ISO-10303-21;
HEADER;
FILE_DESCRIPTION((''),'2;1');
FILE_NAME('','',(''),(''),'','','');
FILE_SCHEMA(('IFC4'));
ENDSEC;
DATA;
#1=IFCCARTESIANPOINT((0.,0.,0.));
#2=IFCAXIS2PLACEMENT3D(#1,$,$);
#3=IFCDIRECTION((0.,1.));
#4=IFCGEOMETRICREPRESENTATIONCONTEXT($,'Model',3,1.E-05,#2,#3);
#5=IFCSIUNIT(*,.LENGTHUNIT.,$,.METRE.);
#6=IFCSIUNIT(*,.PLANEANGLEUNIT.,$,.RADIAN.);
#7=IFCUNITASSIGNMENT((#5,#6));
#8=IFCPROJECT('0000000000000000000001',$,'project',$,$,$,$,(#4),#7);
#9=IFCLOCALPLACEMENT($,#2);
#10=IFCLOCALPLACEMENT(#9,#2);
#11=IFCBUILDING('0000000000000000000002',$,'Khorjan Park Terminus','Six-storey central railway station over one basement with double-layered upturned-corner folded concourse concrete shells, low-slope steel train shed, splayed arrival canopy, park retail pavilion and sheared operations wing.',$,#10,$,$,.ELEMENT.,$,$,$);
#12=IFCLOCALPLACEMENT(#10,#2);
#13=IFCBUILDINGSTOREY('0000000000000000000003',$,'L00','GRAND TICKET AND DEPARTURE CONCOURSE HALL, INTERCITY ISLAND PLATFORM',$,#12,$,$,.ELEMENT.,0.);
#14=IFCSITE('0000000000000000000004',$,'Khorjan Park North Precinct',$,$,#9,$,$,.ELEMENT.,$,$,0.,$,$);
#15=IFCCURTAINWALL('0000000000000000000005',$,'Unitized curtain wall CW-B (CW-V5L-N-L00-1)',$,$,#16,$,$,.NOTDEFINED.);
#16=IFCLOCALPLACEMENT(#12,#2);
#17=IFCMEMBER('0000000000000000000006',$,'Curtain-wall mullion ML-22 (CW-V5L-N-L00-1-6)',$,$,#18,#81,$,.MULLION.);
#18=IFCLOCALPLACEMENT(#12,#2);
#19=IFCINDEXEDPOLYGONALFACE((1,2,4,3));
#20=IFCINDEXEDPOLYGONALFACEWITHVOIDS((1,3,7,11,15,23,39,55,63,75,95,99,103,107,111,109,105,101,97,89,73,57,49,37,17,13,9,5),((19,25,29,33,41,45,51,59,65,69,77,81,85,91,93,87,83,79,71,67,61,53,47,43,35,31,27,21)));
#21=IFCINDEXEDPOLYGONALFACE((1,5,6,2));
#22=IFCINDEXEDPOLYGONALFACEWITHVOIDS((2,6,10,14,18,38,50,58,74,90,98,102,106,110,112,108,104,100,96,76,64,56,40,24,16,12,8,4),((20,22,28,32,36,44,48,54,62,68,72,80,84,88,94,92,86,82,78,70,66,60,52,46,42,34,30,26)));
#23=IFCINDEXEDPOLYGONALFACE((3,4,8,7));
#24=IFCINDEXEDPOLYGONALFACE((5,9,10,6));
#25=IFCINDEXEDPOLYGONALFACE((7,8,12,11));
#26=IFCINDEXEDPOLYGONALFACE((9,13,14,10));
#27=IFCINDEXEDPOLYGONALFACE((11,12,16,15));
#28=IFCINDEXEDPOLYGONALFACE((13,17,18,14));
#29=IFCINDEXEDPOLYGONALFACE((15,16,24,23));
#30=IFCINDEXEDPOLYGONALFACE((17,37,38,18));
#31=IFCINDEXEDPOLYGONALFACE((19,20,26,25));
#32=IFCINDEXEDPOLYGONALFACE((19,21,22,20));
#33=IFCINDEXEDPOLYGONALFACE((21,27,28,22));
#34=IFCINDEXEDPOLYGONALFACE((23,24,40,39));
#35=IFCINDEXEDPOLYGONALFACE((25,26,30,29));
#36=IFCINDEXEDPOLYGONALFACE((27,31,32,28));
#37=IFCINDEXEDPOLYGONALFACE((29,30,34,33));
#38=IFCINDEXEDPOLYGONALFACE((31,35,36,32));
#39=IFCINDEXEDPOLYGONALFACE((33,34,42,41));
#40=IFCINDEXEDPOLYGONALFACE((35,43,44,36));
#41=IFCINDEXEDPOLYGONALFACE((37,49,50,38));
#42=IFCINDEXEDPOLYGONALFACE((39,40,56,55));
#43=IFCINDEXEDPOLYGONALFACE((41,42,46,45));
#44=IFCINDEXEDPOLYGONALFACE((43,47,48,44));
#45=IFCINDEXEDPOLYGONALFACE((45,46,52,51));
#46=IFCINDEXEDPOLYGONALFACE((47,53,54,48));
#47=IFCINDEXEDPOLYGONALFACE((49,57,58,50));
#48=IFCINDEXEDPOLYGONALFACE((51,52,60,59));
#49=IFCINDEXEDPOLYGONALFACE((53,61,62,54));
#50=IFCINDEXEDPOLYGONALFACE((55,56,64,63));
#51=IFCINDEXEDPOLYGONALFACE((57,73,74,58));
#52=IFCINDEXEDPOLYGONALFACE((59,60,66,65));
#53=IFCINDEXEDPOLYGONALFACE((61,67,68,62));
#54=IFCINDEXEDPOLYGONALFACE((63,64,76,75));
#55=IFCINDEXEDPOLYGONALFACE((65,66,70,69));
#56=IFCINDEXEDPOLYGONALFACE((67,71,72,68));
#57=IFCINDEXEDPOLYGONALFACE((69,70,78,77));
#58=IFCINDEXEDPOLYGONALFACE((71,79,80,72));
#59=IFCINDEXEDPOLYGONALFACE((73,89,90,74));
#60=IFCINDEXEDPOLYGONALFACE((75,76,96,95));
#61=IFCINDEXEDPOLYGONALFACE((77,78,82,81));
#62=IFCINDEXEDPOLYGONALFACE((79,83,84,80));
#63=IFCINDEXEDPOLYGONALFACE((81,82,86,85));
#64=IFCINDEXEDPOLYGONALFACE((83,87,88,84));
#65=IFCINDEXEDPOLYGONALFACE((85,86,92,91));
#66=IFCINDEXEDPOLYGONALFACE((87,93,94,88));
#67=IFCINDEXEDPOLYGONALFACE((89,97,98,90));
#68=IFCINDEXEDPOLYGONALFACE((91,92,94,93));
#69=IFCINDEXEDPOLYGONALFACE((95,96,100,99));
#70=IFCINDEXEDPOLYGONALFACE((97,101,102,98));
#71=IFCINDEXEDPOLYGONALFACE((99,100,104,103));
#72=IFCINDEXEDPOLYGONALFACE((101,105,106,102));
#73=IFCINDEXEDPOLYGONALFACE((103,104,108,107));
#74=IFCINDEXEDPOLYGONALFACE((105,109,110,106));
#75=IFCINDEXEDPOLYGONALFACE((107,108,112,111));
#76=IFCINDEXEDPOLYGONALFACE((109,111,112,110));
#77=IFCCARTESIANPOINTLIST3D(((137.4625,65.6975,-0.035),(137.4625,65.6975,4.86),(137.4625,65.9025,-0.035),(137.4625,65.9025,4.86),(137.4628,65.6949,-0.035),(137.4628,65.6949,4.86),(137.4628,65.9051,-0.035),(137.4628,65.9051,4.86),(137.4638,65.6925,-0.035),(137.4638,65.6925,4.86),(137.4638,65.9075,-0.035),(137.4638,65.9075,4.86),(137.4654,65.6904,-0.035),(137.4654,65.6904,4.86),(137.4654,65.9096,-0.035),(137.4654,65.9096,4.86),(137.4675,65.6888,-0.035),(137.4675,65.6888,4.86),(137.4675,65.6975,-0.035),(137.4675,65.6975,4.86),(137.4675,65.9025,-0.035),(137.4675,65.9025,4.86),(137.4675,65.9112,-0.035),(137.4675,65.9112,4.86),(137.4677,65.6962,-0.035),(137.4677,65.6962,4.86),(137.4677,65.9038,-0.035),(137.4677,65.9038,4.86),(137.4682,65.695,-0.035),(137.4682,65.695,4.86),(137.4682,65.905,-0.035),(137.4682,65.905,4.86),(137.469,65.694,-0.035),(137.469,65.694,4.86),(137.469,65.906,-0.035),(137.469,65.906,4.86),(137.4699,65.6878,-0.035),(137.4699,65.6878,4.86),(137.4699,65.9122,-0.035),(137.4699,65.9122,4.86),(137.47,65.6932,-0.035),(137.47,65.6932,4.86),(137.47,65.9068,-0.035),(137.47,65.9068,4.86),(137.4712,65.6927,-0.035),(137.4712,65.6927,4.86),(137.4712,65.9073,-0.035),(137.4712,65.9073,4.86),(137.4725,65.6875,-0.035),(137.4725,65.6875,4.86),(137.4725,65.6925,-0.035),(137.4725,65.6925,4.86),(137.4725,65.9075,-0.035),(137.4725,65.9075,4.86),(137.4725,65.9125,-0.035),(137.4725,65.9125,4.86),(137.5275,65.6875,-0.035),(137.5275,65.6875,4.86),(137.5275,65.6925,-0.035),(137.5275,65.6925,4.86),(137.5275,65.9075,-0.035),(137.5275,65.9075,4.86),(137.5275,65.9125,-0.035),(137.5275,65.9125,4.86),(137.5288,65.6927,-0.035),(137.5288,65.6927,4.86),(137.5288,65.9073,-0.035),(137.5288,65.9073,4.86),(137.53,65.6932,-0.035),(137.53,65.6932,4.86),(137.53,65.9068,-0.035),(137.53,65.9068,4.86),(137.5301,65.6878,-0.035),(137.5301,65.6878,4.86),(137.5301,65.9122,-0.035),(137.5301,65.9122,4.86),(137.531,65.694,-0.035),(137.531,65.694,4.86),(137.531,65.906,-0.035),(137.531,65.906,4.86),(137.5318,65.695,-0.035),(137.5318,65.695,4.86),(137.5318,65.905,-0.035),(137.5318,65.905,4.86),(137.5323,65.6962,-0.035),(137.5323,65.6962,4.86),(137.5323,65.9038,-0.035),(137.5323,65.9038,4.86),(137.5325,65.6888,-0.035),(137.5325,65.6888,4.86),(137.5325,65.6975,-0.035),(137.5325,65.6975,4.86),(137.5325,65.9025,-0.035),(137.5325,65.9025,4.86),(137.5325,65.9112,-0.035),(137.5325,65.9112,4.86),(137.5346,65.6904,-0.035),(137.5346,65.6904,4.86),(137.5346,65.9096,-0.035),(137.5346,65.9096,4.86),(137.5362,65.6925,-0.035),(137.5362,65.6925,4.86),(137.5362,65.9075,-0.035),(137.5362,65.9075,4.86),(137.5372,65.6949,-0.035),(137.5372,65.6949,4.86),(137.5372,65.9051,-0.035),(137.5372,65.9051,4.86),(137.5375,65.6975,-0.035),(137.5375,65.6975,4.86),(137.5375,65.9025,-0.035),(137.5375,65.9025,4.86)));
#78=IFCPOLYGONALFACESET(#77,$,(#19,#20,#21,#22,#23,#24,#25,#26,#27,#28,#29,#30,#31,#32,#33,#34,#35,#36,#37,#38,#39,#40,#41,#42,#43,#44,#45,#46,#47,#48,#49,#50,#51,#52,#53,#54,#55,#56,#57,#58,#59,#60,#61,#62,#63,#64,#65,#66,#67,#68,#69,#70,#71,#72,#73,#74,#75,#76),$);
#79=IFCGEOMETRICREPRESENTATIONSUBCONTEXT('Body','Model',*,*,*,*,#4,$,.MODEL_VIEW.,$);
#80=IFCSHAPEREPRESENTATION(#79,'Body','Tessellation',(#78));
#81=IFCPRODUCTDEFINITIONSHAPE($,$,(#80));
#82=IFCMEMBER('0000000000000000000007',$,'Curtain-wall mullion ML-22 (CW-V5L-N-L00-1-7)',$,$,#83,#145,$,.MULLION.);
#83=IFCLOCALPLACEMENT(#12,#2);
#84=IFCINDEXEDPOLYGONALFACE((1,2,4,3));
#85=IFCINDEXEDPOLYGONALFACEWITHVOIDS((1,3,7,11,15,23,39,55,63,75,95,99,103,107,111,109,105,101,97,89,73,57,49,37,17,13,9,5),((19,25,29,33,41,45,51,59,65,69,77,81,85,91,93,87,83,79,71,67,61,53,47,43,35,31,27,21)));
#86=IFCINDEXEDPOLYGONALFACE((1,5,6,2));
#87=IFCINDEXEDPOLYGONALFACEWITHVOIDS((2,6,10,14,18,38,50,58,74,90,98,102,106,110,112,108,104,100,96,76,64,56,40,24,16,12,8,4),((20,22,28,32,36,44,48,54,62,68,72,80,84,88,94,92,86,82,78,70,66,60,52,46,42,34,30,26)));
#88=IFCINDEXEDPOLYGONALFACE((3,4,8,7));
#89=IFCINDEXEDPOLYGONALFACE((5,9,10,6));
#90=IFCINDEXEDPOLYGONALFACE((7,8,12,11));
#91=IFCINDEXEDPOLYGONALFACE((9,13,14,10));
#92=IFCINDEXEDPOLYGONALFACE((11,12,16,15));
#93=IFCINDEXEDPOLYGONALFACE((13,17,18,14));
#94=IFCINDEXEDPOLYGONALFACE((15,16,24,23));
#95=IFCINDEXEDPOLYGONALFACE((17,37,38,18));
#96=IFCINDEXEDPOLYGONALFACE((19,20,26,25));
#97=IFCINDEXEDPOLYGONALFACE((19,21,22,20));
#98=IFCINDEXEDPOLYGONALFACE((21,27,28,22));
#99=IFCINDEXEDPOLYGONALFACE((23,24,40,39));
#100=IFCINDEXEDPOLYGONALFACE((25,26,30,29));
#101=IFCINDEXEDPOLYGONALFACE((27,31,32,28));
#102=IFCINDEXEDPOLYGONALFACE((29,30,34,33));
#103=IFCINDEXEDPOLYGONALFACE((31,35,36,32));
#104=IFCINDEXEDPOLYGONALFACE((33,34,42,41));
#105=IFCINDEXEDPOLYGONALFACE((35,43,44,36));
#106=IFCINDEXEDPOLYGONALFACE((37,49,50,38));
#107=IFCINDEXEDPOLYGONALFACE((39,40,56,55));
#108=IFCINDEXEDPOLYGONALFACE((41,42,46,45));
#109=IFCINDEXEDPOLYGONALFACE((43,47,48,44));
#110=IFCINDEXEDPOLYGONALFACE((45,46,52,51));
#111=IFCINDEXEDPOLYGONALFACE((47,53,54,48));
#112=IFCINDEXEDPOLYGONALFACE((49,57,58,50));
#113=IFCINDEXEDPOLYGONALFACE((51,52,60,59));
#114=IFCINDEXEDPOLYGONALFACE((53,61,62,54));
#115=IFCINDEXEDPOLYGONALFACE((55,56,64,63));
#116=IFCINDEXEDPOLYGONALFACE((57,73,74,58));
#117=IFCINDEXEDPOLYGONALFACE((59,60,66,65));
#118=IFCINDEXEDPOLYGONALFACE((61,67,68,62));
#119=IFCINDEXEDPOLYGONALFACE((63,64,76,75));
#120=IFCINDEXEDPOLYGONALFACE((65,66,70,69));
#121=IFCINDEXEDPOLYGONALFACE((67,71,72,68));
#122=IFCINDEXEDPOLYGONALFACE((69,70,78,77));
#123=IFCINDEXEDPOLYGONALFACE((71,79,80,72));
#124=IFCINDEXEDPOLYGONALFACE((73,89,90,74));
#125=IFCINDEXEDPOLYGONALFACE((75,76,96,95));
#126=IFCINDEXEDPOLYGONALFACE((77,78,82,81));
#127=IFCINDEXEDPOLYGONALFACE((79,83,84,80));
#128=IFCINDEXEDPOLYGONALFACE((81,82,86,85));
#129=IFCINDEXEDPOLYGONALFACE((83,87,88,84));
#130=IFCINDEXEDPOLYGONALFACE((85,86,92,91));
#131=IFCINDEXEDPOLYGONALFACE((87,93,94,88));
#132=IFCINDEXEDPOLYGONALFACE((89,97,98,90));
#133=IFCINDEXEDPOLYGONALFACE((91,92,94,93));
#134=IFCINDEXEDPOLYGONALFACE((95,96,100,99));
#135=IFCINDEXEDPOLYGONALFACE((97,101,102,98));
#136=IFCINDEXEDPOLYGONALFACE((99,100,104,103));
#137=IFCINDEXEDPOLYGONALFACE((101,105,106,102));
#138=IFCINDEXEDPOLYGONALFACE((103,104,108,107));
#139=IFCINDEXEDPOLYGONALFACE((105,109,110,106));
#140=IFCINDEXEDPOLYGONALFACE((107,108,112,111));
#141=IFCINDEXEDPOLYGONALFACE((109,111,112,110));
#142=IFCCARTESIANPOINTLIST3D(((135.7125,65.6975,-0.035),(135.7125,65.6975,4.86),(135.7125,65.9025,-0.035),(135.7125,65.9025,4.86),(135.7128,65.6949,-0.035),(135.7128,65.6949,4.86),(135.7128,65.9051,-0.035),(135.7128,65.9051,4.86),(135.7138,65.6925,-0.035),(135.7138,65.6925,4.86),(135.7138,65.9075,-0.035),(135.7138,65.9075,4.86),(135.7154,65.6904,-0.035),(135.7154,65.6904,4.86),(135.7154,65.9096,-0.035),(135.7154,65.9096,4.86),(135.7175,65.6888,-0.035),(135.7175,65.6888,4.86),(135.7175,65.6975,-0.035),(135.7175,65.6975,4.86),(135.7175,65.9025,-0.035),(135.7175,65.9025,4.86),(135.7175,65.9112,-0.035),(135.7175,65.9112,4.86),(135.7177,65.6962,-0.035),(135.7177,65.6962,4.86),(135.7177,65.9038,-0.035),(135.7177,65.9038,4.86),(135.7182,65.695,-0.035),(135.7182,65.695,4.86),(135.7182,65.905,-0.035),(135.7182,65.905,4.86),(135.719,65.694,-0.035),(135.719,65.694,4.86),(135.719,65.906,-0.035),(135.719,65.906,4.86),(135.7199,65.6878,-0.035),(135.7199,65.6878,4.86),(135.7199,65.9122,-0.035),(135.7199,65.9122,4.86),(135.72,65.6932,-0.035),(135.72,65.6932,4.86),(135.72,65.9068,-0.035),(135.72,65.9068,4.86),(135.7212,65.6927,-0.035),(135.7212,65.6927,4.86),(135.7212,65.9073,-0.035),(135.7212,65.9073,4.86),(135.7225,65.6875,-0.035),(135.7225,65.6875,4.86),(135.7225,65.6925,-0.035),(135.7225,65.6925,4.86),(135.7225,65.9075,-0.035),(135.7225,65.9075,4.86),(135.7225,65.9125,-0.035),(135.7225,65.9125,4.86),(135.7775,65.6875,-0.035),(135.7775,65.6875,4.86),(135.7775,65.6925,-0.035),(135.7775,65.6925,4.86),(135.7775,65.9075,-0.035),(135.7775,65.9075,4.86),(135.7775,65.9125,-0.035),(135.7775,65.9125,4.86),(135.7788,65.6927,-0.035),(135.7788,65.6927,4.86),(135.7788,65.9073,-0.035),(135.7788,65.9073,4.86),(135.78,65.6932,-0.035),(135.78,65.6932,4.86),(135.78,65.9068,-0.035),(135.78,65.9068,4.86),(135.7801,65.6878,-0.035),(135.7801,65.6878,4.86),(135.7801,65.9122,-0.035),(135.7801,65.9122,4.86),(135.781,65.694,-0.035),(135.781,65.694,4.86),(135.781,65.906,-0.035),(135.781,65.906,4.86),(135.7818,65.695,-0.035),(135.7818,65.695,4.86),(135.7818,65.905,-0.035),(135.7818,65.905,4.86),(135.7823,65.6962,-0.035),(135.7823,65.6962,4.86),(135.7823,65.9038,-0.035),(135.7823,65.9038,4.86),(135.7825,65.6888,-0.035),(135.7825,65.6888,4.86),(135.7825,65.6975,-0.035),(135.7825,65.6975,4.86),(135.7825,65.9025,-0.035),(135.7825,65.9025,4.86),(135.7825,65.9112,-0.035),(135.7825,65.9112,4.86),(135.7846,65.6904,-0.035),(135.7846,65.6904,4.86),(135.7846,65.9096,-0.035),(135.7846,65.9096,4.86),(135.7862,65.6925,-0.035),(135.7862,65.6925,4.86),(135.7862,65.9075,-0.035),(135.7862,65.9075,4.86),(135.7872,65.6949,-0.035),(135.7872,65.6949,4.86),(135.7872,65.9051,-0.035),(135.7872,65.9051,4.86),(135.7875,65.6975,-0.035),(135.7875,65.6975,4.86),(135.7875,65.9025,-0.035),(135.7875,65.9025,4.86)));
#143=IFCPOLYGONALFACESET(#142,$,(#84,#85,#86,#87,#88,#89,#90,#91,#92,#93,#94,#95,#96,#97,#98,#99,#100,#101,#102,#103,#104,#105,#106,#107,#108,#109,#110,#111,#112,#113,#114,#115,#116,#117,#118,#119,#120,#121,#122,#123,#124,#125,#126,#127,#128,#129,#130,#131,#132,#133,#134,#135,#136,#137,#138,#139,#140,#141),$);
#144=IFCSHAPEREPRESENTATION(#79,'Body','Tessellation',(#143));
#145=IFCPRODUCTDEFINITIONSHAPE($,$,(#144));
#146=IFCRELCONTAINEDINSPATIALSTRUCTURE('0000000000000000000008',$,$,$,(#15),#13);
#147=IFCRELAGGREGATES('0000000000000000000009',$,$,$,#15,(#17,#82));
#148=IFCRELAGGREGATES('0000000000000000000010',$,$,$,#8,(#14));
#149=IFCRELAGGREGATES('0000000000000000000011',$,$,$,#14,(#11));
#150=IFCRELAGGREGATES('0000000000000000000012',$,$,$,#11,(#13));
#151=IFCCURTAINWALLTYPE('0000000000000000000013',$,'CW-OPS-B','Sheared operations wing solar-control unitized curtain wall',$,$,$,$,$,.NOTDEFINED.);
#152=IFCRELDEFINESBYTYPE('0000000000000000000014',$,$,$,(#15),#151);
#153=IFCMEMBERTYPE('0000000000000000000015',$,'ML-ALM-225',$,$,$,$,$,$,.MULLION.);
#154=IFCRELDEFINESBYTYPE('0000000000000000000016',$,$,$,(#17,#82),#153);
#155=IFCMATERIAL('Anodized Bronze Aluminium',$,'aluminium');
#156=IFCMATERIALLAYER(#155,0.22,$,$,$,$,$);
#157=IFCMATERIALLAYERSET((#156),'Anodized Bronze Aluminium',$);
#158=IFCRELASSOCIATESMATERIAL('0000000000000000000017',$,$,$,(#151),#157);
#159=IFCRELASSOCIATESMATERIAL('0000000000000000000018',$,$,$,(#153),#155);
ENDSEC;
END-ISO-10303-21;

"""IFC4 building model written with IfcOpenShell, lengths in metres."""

from ifc_helpers import new_model, si_unit, direction, frame, origin, origin_2d, place, context, subcontext, project, spatial, hollow_rectangle, extrude, material, layer, layer_set, material_profile, profile_set, type_object, element, aggregate, save


model = new_model("IFC4")

# Units and contexts
model_context = context("Model", 3, precision=1e-05, world=origin(), true_north=direction((0.0, 1.0)))
body_context = subcontext(model_context, "Body", "Model", "MODEL_VIEW")
ifc_project = project(units=[si_unit("LENGTHUNIT", "METRE"), si_unit("PLANEANGLEUNIT", "RADIAN")], contexts=[model_context])

# Site, building, storey
site_placement = place(None, origin())
site = spatial("IfcSite", under=ifc_project, at=site_placement, Name="Khorjan Park North Precinct", CompositionType="ELEMENT", RefElevation=0.0)
building_placement = place(site_placement, origin())
building = spatial("IfcBuilding", under=site, at=building_placement, Name="Khorjan Park Terminus", Description="Six-storey central railway station over one basement with double-layered upturned-corner folded concourse concrete shells, low-slope steel train shed, splayed arrival canopy, park retail pavilion and sheared operations wing.", CompositionType="ELEMENT")
storey_placement = place(building_placement, origin())
storey = spatial("IfcBuildingStorey", under=building, at=storey_placement, Name="L00", Description="GRAND TICKET AND DEPARTURE CONCOURSE HALL, INTERCITY ISLAND PLATFORM", CompositionType="ELEMENT", Elevation=0.0)

# Curtain wall, members
ifc_material_1 = material(Name="Anodized Bronze Aluminium", Category="aluminium")
ifc_layer_1 = layer(ifc_material_1, 0.22)
ifc_layer_set_1 = layer_set([ifc_layer_1], Name="Anodized Bronze Aluminium")
curtain_wall_type_1 = type_object("IfcCurtainWallType", Name="CW-OPS-B", Description="Sheared operations wing solar-control unitized curtain wall", PredefinedType="NOTDEFINED", material=ifc_layer_set_1)
curtain_wall_1_placement = place(storey_placement, origin())
curtain_wall_1 = element("IfcCurtainWall", 1, at=curtain_wall_1_placement, inside=storey, type_object=curtain_wall_type_1, Name="Unitized curtain wall CW-B (CW-V5L-N-L00-1)", PredefinedType="NOTDEFINED")
ifc_material_profile_1 = material_profile(ifc_material_1, hollow_rectangle(XDim=0.075, YDim=0.225, WallThickness=0.005, InnerFilletRadius=0.005, OuterFilletRadius=0.01, at=origin_2d()), Name="ALM 75x225x5")
ifc_profile_set_1 = profile_set([ifc_material_profile_1], Name="Anodized Bronze Aluminium")
member_type_1 = type_object("IfcMemberType", Name="ML-ALM-225", PredefinedType="MULLION", material=ifc_profile_set_1)
member_1_placement = place(storey_placement, frame((137.5, 65.8, -0.035), z_axis=(0.0, 0.0, 1.0), x_axis=(-1.0, 0.0, 0.0)))
member_1 = element("IfcMember", 2, at=member_1_placement, type_object=member_type_1, Name="Curtain-wall mullion ML-22 (CW-V5L-N-L00-1-6)", PredefinedType="MULLION", context=body_context, shape_type="SweptSolid", body=[
    extrude(hollow_rectangle(XDim=0.075, YDim=0.225, WallThickness=0.005, InnerFilletRadius=0.005, OuterFilletRadius=0.01, at=origin_2d()), origin(), (0.0, 0.0, 1.0), 4.895),
])
member_2_placement = place(storey_placement, frame((135.75, 65.8, -0.035), z_axis=(0.0, 0.0, 1.0), x_axis=(-1.0, 0.0, 0.0)))
member_2 = element("IfcMember", 3, at=member_2_placement, type_object=member_type_1, Name="Curtain-wall mullion ML-22 (CW-V5L-N-L00-1-7)", PredefinedType="MULLION", context=body_context, shape_type="SweptSolid", body=[
    extrude(hollow_rectangle(XDim=0.075, YDim=0.225, WallThickness=0.005, InnerFilletRadius=0.005, OuterFilletRadius=0.01, at=origin_2d()), origin(), (0.0, 0.0, 1.0), 4.895),
])

aggregate(curtain_wall_1, [member_1, member_2])

save(model, "model.ifc")
